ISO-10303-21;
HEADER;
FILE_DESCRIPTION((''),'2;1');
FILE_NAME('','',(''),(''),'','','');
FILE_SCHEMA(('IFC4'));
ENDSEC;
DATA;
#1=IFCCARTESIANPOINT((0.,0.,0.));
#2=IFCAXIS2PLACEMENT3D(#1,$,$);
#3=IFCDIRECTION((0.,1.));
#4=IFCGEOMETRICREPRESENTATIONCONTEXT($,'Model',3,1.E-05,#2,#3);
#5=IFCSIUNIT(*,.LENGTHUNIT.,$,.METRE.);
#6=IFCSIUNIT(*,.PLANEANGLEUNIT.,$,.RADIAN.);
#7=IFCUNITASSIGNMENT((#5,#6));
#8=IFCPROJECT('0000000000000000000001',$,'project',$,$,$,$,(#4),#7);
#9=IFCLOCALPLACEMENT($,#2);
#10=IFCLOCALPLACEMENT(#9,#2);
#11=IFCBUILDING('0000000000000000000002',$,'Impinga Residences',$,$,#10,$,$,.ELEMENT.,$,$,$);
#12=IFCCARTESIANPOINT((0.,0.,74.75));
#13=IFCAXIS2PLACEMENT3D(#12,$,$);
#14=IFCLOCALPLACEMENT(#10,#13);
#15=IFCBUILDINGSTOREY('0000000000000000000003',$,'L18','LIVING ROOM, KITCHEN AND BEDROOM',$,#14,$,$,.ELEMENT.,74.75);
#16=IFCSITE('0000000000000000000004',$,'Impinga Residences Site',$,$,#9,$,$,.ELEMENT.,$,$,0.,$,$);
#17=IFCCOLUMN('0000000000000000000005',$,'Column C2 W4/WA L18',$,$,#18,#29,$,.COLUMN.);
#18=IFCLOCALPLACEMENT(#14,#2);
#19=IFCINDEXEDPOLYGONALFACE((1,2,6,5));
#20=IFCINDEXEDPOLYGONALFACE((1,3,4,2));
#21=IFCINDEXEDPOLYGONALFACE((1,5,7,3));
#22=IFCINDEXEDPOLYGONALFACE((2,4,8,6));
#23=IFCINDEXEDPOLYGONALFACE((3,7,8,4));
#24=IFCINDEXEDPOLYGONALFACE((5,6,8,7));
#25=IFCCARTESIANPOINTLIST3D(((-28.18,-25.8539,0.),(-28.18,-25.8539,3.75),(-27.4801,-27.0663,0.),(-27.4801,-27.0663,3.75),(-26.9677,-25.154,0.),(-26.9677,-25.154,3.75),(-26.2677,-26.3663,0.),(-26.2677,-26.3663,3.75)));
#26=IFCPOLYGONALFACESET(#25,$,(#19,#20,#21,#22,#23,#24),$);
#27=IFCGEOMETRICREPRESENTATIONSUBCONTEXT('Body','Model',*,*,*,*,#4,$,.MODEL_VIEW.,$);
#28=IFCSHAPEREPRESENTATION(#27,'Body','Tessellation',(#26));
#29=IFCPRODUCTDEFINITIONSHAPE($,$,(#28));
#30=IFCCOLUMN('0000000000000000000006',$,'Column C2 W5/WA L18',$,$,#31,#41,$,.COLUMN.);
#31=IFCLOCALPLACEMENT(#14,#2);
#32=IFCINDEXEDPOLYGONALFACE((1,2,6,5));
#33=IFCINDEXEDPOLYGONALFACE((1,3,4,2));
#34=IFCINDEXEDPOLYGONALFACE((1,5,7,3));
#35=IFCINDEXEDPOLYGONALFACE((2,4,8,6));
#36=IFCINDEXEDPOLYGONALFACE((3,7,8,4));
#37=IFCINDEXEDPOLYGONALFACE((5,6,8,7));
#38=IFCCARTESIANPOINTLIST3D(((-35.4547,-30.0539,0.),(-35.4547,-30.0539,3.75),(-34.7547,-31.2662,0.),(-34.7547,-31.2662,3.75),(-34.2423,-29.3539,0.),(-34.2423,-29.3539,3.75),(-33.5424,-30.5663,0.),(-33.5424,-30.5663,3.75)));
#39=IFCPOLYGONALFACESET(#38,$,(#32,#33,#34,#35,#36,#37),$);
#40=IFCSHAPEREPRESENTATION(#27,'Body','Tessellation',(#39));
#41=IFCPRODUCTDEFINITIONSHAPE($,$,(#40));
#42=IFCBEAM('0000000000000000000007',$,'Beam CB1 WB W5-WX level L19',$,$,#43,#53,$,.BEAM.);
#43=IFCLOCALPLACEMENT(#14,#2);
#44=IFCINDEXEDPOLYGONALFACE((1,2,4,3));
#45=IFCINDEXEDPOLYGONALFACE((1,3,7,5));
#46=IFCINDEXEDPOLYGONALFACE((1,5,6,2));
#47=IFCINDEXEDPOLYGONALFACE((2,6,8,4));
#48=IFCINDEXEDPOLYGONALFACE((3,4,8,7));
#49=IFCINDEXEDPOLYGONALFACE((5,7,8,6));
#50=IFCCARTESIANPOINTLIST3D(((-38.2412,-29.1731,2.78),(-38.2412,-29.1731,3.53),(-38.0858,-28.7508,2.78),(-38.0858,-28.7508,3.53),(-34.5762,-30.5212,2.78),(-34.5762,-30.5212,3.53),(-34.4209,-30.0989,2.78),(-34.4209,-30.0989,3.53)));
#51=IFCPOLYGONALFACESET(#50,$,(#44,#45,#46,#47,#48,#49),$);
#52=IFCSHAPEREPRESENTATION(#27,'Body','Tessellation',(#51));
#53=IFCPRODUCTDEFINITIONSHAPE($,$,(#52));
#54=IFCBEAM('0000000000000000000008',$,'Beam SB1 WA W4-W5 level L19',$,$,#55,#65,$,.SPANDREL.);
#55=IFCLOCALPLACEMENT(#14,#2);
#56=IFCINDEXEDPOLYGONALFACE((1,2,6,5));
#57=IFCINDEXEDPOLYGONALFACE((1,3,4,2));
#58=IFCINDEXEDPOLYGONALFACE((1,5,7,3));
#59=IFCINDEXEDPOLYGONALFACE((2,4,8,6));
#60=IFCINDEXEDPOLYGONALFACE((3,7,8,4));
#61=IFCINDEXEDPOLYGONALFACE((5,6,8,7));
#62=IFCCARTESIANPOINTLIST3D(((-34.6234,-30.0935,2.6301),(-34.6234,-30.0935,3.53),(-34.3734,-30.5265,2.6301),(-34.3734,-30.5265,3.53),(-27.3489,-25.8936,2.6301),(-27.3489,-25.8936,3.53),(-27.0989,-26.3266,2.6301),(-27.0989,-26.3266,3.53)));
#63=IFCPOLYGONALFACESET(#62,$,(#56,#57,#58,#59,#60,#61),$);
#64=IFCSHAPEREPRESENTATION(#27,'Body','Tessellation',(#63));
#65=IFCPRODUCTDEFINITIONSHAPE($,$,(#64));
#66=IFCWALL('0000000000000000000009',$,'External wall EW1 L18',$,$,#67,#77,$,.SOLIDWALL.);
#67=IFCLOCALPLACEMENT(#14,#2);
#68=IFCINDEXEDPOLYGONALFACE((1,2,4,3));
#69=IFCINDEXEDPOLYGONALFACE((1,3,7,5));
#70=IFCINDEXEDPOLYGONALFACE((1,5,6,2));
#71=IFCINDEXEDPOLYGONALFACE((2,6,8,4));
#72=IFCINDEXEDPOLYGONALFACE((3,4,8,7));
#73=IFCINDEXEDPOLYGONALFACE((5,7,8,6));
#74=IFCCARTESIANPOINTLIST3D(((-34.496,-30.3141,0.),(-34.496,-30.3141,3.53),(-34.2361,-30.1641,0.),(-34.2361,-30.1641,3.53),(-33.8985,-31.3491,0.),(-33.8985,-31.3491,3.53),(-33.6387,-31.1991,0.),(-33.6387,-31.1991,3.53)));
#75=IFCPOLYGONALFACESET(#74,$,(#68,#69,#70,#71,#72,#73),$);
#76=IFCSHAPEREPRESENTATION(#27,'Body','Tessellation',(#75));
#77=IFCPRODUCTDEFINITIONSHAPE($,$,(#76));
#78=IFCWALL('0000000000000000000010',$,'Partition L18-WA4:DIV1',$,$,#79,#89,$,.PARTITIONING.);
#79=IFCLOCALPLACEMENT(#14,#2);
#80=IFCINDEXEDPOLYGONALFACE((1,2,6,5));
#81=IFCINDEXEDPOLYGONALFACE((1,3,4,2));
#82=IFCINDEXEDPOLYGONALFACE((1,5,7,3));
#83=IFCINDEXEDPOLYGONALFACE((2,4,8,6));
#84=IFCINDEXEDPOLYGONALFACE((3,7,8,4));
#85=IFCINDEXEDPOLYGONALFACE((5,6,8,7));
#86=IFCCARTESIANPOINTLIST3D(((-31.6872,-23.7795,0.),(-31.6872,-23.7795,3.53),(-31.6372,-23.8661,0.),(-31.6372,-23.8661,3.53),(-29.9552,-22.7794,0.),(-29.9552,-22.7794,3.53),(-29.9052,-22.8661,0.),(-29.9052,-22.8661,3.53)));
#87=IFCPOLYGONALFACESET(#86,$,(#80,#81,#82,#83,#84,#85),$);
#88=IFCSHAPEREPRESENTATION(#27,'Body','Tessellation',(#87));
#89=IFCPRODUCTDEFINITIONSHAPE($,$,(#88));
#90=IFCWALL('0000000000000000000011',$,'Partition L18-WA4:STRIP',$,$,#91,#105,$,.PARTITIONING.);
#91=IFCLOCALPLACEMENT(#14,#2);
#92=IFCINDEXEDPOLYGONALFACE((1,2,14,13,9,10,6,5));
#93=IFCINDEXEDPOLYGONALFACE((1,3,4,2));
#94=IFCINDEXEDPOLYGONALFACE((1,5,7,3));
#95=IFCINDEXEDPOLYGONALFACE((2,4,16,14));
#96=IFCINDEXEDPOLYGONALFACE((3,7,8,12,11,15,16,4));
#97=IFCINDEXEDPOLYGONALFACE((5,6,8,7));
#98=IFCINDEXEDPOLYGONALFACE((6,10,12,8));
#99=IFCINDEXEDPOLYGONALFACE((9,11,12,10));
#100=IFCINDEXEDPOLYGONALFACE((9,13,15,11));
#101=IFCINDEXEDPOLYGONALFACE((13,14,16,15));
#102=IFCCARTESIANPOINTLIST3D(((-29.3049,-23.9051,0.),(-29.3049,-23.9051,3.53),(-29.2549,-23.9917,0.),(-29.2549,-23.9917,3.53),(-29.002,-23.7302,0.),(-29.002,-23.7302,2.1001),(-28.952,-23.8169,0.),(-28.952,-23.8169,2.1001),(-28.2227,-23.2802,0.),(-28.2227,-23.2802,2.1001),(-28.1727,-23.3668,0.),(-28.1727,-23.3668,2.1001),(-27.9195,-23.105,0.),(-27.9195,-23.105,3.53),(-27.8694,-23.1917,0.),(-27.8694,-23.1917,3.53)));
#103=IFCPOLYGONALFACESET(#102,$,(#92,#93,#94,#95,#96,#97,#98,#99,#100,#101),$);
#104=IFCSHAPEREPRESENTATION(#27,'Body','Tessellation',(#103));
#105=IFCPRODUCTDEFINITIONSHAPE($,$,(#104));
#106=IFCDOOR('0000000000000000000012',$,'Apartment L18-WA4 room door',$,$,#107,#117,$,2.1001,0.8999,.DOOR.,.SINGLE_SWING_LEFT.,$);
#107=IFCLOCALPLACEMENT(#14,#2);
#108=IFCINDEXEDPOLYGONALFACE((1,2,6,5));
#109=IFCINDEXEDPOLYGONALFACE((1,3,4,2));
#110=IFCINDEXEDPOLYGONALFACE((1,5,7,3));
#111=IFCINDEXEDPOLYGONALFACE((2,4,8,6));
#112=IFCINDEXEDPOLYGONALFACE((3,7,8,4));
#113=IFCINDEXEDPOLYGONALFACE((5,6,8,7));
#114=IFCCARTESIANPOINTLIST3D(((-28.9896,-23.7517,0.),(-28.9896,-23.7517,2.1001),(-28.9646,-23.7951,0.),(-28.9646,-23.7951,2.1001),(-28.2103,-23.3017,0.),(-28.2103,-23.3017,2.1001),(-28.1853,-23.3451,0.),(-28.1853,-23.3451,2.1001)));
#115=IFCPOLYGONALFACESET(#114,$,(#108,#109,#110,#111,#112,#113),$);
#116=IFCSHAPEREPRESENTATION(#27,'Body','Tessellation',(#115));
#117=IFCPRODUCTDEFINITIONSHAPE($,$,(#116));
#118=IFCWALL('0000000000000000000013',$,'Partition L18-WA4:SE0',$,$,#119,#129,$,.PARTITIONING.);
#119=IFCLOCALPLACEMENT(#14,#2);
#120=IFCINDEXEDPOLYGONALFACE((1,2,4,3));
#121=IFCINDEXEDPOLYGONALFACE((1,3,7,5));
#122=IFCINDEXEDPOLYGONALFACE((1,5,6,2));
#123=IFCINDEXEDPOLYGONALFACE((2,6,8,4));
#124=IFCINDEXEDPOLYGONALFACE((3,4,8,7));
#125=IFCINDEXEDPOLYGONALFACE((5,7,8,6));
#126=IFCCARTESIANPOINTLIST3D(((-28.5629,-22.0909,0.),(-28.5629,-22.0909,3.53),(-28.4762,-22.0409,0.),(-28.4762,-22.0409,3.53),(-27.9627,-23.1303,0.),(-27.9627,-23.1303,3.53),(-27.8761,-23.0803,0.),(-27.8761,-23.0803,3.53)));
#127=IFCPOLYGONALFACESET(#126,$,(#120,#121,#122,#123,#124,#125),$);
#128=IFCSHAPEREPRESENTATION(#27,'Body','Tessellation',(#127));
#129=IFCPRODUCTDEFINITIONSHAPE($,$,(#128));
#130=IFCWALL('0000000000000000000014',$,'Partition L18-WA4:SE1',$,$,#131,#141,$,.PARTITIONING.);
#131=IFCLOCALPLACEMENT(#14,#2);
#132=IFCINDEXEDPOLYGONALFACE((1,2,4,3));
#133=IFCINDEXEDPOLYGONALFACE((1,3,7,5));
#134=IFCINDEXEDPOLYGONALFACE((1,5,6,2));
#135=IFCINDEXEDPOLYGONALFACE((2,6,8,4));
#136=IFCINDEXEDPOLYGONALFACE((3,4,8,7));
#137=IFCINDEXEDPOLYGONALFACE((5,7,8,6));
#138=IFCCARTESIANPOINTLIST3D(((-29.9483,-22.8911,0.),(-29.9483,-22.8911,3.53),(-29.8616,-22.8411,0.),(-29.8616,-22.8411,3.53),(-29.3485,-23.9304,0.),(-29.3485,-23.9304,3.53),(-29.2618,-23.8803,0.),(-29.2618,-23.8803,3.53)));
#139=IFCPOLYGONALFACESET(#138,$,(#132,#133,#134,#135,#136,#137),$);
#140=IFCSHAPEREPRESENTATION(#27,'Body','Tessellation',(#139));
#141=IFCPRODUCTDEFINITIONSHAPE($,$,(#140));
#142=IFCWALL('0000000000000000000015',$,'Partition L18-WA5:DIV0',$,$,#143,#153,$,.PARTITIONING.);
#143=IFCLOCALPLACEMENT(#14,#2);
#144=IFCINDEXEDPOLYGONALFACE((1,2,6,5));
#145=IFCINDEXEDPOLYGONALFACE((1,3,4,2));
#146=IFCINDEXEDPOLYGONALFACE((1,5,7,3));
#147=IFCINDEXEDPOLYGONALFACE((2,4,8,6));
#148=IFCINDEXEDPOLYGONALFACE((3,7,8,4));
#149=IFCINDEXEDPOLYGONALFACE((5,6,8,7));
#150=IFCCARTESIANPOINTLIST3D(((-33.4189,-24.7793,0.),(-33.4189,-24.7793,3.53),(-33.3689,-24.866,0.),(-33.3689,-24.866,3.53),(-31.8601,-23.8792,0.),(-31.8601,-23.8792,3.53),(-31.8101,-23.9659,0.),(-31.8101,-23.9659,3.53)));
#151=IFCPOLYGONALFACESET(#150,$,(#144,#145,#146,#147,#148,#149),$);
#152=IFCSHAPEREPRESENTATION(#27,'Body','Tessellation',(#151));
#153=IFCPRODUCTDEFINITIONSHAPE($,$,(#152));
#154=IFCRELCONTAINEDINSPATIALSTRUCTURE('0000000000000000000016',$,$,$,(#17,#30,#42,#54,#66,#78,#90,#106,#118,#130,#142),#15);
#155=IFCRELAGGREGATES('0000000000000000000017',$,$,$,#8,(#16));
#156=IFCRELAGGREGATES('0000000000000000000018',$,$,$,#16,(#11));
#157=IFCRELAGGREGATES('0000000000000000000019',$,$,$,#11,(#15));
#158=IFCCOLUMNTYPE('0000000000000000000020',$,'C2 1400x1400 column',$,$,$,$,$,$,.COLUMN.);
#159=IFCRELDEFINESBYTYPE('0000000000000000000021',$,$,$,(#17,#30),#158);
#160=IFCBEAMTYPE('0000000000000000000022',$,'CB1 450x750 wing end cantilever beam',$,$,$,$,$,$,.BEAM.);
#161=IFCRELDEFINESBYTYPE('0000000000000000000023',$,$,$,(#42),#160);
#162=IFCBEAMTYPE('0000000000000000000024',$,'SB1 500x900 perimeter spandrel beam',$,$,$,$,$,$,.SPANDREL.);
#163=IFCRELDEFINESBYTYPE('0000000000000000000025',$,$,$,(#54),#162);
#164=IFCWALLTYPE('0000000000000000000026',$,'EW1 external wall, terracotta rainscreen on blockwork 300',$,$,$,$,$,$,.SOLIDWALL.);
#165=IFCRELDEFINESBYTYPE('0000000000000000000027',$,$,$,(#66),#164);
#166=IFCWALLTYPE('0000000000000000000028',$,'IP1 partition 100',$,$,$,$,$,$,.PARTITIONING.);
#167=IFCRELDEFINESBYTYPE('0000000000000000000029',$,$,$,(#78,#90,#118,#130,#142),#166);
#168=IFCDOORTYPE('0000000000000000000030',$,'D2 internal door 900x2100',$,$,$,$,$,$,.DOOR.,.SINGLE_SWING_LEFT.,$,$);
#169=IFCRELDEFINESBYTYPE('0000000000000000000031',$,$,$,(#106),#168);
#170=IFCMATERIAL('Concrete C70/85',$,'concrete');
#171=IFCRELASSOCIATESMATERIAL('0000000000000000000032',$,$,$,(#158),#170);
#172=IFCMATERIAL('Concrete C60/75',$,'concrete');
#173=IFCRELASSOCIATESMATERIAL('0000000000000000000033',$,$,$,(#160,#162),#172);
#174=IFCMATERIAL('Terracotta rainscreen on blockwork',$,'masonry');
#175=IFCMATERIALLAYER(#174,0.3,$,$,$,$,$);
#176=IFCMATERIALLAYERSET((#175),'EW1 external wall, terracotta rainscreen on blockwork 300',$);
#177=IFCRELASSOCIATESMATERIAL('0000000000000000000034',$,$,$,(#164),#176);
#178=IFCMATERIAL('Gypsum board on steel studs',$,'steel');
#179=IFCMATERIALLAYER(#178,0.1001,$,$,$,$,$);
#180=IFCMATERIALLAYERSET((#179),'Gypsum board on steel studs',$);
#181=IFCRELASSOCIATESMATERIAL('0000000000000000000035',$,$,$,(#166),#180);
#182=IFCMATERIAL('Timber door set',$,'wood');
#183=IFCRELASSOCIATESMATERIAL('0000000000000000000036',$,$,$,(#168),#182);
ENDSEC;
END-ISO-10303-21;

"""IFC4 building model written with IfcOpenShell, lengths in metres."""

from ifc_helpers import new_model, si_unit, direction, frame, frame_2d, origin, origin_2d, place, context, subcontext, project, spatial, rectangle, extrude, material, layer, layer_set, material_profile, profile_set, type_object, element, fill, save


model = new_model("IFC4")

# Units and contexts
model_context = context("Model", 3, precision=1e-05, world=origin(), true_north=direction((0.0, 1.0)))
body_context = subcontext(model_context, "Body", "Model", "MODEL_VIEW")
ifc_project = project(units=[si_unit("LENGTHUNIT", "METRE"), si_unit("PLANEANGLEUNIT", "RADIAN")], contexts=[model_context])

# Site, building, storey
site_placement = place(None, origin())
site = spatial("IfcSite", under=ifc_project, at=site_placement, Name="Impinga Residences Site", CompositionType="ELEMENT", RefElevation=0.0)
building_placement = place(site_placement, origin())
building = spatial("IfcBuilding", under=site, at=building_placement, Name="Impinga Residences", CompositionType="ELEMENT")
storey_placement = place(building_placement, frame((0.0, 0.0, 74.75)))
storey = spatial("IfcBuildingStorey", under=building, at=storey_placement, Name="L18", Description="LIVING ROOM, KITCHEN AND BEDROOM", CompositionType="ELEMENT", Elevation=74.75)

# Columns
ifc_material_1 = material(Name="Concrete C70/85", Category="concrete")
ifc_material_profile_1 = material_profile(ifc_material_1, rectangle(XDim=1.3999, YDim=1.3999, at=origin_2d()), Name="RC 1400x1400")
ifc_profile_set_1 = profile_set([ifc_material_profile_1], Name="Concrete C70/85")
column_type = type_object("IfcColumnType", Name="C2 1400x1400 column", PredefinedType="COLUMN", material=ifc_profile_set_1)
for number, where, z_axis, x_axis, name in (
    (1, (-27.2239, -26.1101, 0.0), (0.0, 0.0, 1.0), (-0.5, 0.866025, 0.0), "Column C2 W4/WA L18"),
    (2, (-34.4985, -30.3101, 0.0), (0.0, 0.0, 1.0), (-0.5, 0.866025, 0.0), "Column C2 W5/WA L18"),
):
    element("IfcColumn", number, at=place(storey_placement, frame(where, z_axis=z_axis, x_axis=x_axis)), inside=storey, type_object=column_type, Name=name, PredefinedType="COLUMN", context=body_context, shape_type="SweptSolid", body=[
        extrude(rectangle(XDim=1.3999, YDim=1.3999, at=origin_2d()), origin(), (0.0, 0.0, 1.0), 3.75),
    ])

# Beams
ifc_material_2 = material(Name="Concrete C60/75", Category="concrete")
ifc_material_profile_2 = material_profile(ifc_material_2, rectangle(XDim=0.45, YDim=0.75, at=origin_2d()), Name="RC 450x750")
ifc_profile_set_2 = profile_set([ifc_material_profile_2], Name="Concrete C60/75")
beam_type_1 = type_object("IfcBeamType", Name="CB1 450x750 wing end cantilever beam", PredefinedType="BEAM", material=ifc_profile_set_2)
beam_1_placement = place(storey_placement, frame((-34.4985, -30.3101, 3.155), z_axis=(-0.93852, 0.345224, 0.0), x_axis=(-0.345224, -0.93852, 0.0)))
element("IfcBeam", 3, at=beam_1_placement, inside=storey, type_object=beam_type_1, Name="Beam CB1 WB W5-WX level L19", PredefinedType="BEAM", context=body_context, shape_type="SweptSolid", body=[
    extrude(rectangle(XDim=0.45, YDim=0.75, at=origin_2d()), origin(), (0.0, 0.0, 1.0), 3.905),
])
ifc_material_profile_3 = material_profile(ifc_material_2, rectangle(XDim=0.5, YDim=0.8999, at=origin_2d()), Name="RC 500x900")
ifc_profile_set_3 = profile_set([ifc_material_profile_3], Name="Concrete C60/75")
beam_type_2 = type_object("IfcBeamType", Name="SB1 500x900 perimeter spandrel beam", PredefinedType="SPANDREL", material=ifc_profile_set_3)
beam_2_placement = place(storey_placement, frame((-27.2239, -26.1101, 3.0801), z_axis=(-0.866029, -0.499993, 0.0), x_axis=(0.499993, -0.866029, 0.0)))
element("IfcBeam", 4, at=beam_2_placement, inside=storey, type_object=beam_type_2, Name="Beam SB1 WA W4-W5 level L19", PredefinedType="SPANDREL", context=body_context, shape_type="SweptSolid", body=[
    extrude(rectangle(XDim=0.5, YDim=0.8999, at=origin_2d()), origin(), (0.0, 0.0, 1.0), 8.3999),
])

# Walls
ifc_material_3 = material(Name="Terracotta rainscreen on blockwork", Category="masonry")
ifc_layer_1 = layer(ifc_material_3, 0.3)
ifc_layer_set_1 = layer_set([ifc_layer_1], Name="EW1 external wall, terracotta rainscreen on blockwork 300")
wall_type_1 = type_object("IfcWallType", Name="EW1 external wall, terracotta rainscreen on blockwork 300", PredefinedType="SOLIDWALL", material=ifc_layer_set_1)
wall_1_placement = place(storey_placement, frame((-33.7686, -31.2742, 0.0), z_axis=(0.0, 0.0, 1.0), x_axis=(-0.499941, 0.86606, 0.0)))
element("IfcWall", 5, at=wall_1_placement, inside=storey, type_object=wall_type_1, Name="External wall EW1 L18", PredefinedType="SOLIDWALL", context=body_context, shape_type="SweptSolid", body=[
    extrude(rectangle(XDim=1.1951, YDim=0.3, at=frame_2d((0.5977, 0.0))), origin(), (0.0, 0.0, 1.0), 3.53),
])
ifc_material_4 = material(Name="Gypsum board on steel studs", Category="steel")
ifc_layer_2 = layer(ifc_material_4, 0.1001)
ifc_layer_set_2 = layer_set([ifc_layer_2], Name="Gypsum board on steel studs")
wall_type_2 = type_object("IfcWallType", Name="IP1 partition 100", PredefinedType="PARTITIONING", material=ifc_layer_set_2)
wall_2_placement = place(storey_placement, frame((-29.9302, -22.8228, 0.0), z_axis=(0.0, 0.0, 1.0), x_axis=(-0.866011, -0.500025, 0.0)))
element("IfcWall", 6, at=wall_2_placement, inside=storey, type_object=wall_type_2, Name="Partition L18-WA4:DIV1", PredefinedType="PARTITIONING", context=body_context, shape_type="SweptSolid", body=[
    extrude(rectangle(XDim=2.0, YDim=0.1001, at=frame_2d((1.0, 0.0))), origin(), (0.0, 0.0, 1.0), 3.53),
])

# Wall, opening, door
wall_3_placement = place(storey_placement, frame((-27.8945, -23.1484, 0.0), z_axis=(0.0, 0.0, 1.0), x_axis=(-0.86599, -0.500061, 0.0)))
wall_3 = element("IfcWall", 7, at=wall_3_placement, inside=storey, type_object=wall_type_2, Name="Partition L18-WA4:STRIP", PredefinedType="PARTITIONING", context=body_context, shape_type="SweptSolid", body=[
    extrude(rectangle(XDim=1.5999, YDim=0.1001, at=frame_2d((0.7998, 0.0))), origin(), (0.0, 0.0, 1.0), 3.53),
])
opening_1_placement = place(wall_3_placement, frame((0.3501, 0.0, 0.0)))
opening_1 = element("IfcOpeningElement", 8, at=opening_1_placement, cuts=wall_3, PredefinedType="OPENING", context=body_context, shape_type="SweptSolid", body=[
    extrude(rectangle(XDim=0.8999, YDim=2.1001, at=frame_2d((0.45, 1.05))), frame((0.0, 0.0601, 0.0), z_axis=(0.0, -1.0, 0.0), x_axis=(1.0, 0.0, 0.0)), (0.0, 0.0, 1.0), 0.1201),
])
ifc_material_5 = material(Name="Timber door set", Category="wood")
door_type = type_object("IfcDoorType", Name="D2 internal door 900x2100", OperationType="SINGLE_SWING_LEFT", PredefinedType="DOOR", material=ifc_material_5)
door_1_placement = place(opening_1_placement, origin())
door_1 = element("IfcDoor", 9, at=door_1_placement, inside=storey, type_object=door_type, Name="Apartment L18-WA4 room door", OperationType="SINGLE_SWING_LEFT", OverallHeight=2.1001, OverallWidth=0.8999, PredefinedType="DOOR", context=body_context, shape_type="SweptSolid", body=[
    extrude(rectangle(XDim=0.8999, YDim=2.1001, at=frame_2d((0.45, 1.05))), frame((0.0, 0.0249, 0.0), z_axis=(0.0, -1.0, 0.0), x_axis=(1.0, 0.0, 0.0)), (0.0, 0.0, 1.0), 0.05),
])
fill(opening_1, door_1)

# Walls
wall_4_placement = place(storey_placement, frame((-28.5195, -22.0659, 0.0), z_axis=(0.0, 0.0, 1.0), x_axis=(0.500034, -0.866006, 0.0)))
element("IfcWall", 10, at=wall_4_placement, inside=storey, type_object=wall_type_2, Name="Partition L18-WA4:SE0", PredefinedType="PARTITIONING", context=body_context, shape_type="SweptSolid", body=[
    extrude(rectangle(XDim=1.2002, YDim=0.1001, at=frame_2d((0.6001, 0.0))), origin(), (0.0, 0.0, 1.0), 3.53),
])
wall_5_placement = place(storey_placement, frame((-29.905, -22.866, 0.0), z_axis=(0.0, 0.0, 1.0), x_axis=(0.499881, -0.866094, 0.0)))
element("IfcWall", 11, at=wall_5_placement, inside=storey, type_object=wall_type_2, Name="Partition L18-WA4:SE1", PredefinedType="PARTITIONING", context=body_context, shape_type="SweptSolid", body=[
    extrude(rectangle(XDim=1.2, YDim=0.1001, at=frame_2d((0.6001, 0.0))), origin(), (0.0, 0.0, 1.0), 3.53),
])
wall_6_placement = place(storey_placement, frame((-31.8352, -23.9226, 0.0), z_axis=(0.0, 0.0, 1.0), x_axis=(-0.865989, -0.500063, 0.0)))
element("IfcWall", 12, at=wall_6_placement, inside=storey, type_object=wall_type_2, Name="Partition L18-WA5:DIV0", PredefinedType="PARTITIONING", context=body_context, shape_type="SweptSolid", body=[
    extrude(rectangle(XDim=1.8, YDim=0.1001, at=frame_2d((0.8999, 0.0))), origin(), (0.0, 0.0, 1.0), 3.53),
])

save(model, "model.ifc")
